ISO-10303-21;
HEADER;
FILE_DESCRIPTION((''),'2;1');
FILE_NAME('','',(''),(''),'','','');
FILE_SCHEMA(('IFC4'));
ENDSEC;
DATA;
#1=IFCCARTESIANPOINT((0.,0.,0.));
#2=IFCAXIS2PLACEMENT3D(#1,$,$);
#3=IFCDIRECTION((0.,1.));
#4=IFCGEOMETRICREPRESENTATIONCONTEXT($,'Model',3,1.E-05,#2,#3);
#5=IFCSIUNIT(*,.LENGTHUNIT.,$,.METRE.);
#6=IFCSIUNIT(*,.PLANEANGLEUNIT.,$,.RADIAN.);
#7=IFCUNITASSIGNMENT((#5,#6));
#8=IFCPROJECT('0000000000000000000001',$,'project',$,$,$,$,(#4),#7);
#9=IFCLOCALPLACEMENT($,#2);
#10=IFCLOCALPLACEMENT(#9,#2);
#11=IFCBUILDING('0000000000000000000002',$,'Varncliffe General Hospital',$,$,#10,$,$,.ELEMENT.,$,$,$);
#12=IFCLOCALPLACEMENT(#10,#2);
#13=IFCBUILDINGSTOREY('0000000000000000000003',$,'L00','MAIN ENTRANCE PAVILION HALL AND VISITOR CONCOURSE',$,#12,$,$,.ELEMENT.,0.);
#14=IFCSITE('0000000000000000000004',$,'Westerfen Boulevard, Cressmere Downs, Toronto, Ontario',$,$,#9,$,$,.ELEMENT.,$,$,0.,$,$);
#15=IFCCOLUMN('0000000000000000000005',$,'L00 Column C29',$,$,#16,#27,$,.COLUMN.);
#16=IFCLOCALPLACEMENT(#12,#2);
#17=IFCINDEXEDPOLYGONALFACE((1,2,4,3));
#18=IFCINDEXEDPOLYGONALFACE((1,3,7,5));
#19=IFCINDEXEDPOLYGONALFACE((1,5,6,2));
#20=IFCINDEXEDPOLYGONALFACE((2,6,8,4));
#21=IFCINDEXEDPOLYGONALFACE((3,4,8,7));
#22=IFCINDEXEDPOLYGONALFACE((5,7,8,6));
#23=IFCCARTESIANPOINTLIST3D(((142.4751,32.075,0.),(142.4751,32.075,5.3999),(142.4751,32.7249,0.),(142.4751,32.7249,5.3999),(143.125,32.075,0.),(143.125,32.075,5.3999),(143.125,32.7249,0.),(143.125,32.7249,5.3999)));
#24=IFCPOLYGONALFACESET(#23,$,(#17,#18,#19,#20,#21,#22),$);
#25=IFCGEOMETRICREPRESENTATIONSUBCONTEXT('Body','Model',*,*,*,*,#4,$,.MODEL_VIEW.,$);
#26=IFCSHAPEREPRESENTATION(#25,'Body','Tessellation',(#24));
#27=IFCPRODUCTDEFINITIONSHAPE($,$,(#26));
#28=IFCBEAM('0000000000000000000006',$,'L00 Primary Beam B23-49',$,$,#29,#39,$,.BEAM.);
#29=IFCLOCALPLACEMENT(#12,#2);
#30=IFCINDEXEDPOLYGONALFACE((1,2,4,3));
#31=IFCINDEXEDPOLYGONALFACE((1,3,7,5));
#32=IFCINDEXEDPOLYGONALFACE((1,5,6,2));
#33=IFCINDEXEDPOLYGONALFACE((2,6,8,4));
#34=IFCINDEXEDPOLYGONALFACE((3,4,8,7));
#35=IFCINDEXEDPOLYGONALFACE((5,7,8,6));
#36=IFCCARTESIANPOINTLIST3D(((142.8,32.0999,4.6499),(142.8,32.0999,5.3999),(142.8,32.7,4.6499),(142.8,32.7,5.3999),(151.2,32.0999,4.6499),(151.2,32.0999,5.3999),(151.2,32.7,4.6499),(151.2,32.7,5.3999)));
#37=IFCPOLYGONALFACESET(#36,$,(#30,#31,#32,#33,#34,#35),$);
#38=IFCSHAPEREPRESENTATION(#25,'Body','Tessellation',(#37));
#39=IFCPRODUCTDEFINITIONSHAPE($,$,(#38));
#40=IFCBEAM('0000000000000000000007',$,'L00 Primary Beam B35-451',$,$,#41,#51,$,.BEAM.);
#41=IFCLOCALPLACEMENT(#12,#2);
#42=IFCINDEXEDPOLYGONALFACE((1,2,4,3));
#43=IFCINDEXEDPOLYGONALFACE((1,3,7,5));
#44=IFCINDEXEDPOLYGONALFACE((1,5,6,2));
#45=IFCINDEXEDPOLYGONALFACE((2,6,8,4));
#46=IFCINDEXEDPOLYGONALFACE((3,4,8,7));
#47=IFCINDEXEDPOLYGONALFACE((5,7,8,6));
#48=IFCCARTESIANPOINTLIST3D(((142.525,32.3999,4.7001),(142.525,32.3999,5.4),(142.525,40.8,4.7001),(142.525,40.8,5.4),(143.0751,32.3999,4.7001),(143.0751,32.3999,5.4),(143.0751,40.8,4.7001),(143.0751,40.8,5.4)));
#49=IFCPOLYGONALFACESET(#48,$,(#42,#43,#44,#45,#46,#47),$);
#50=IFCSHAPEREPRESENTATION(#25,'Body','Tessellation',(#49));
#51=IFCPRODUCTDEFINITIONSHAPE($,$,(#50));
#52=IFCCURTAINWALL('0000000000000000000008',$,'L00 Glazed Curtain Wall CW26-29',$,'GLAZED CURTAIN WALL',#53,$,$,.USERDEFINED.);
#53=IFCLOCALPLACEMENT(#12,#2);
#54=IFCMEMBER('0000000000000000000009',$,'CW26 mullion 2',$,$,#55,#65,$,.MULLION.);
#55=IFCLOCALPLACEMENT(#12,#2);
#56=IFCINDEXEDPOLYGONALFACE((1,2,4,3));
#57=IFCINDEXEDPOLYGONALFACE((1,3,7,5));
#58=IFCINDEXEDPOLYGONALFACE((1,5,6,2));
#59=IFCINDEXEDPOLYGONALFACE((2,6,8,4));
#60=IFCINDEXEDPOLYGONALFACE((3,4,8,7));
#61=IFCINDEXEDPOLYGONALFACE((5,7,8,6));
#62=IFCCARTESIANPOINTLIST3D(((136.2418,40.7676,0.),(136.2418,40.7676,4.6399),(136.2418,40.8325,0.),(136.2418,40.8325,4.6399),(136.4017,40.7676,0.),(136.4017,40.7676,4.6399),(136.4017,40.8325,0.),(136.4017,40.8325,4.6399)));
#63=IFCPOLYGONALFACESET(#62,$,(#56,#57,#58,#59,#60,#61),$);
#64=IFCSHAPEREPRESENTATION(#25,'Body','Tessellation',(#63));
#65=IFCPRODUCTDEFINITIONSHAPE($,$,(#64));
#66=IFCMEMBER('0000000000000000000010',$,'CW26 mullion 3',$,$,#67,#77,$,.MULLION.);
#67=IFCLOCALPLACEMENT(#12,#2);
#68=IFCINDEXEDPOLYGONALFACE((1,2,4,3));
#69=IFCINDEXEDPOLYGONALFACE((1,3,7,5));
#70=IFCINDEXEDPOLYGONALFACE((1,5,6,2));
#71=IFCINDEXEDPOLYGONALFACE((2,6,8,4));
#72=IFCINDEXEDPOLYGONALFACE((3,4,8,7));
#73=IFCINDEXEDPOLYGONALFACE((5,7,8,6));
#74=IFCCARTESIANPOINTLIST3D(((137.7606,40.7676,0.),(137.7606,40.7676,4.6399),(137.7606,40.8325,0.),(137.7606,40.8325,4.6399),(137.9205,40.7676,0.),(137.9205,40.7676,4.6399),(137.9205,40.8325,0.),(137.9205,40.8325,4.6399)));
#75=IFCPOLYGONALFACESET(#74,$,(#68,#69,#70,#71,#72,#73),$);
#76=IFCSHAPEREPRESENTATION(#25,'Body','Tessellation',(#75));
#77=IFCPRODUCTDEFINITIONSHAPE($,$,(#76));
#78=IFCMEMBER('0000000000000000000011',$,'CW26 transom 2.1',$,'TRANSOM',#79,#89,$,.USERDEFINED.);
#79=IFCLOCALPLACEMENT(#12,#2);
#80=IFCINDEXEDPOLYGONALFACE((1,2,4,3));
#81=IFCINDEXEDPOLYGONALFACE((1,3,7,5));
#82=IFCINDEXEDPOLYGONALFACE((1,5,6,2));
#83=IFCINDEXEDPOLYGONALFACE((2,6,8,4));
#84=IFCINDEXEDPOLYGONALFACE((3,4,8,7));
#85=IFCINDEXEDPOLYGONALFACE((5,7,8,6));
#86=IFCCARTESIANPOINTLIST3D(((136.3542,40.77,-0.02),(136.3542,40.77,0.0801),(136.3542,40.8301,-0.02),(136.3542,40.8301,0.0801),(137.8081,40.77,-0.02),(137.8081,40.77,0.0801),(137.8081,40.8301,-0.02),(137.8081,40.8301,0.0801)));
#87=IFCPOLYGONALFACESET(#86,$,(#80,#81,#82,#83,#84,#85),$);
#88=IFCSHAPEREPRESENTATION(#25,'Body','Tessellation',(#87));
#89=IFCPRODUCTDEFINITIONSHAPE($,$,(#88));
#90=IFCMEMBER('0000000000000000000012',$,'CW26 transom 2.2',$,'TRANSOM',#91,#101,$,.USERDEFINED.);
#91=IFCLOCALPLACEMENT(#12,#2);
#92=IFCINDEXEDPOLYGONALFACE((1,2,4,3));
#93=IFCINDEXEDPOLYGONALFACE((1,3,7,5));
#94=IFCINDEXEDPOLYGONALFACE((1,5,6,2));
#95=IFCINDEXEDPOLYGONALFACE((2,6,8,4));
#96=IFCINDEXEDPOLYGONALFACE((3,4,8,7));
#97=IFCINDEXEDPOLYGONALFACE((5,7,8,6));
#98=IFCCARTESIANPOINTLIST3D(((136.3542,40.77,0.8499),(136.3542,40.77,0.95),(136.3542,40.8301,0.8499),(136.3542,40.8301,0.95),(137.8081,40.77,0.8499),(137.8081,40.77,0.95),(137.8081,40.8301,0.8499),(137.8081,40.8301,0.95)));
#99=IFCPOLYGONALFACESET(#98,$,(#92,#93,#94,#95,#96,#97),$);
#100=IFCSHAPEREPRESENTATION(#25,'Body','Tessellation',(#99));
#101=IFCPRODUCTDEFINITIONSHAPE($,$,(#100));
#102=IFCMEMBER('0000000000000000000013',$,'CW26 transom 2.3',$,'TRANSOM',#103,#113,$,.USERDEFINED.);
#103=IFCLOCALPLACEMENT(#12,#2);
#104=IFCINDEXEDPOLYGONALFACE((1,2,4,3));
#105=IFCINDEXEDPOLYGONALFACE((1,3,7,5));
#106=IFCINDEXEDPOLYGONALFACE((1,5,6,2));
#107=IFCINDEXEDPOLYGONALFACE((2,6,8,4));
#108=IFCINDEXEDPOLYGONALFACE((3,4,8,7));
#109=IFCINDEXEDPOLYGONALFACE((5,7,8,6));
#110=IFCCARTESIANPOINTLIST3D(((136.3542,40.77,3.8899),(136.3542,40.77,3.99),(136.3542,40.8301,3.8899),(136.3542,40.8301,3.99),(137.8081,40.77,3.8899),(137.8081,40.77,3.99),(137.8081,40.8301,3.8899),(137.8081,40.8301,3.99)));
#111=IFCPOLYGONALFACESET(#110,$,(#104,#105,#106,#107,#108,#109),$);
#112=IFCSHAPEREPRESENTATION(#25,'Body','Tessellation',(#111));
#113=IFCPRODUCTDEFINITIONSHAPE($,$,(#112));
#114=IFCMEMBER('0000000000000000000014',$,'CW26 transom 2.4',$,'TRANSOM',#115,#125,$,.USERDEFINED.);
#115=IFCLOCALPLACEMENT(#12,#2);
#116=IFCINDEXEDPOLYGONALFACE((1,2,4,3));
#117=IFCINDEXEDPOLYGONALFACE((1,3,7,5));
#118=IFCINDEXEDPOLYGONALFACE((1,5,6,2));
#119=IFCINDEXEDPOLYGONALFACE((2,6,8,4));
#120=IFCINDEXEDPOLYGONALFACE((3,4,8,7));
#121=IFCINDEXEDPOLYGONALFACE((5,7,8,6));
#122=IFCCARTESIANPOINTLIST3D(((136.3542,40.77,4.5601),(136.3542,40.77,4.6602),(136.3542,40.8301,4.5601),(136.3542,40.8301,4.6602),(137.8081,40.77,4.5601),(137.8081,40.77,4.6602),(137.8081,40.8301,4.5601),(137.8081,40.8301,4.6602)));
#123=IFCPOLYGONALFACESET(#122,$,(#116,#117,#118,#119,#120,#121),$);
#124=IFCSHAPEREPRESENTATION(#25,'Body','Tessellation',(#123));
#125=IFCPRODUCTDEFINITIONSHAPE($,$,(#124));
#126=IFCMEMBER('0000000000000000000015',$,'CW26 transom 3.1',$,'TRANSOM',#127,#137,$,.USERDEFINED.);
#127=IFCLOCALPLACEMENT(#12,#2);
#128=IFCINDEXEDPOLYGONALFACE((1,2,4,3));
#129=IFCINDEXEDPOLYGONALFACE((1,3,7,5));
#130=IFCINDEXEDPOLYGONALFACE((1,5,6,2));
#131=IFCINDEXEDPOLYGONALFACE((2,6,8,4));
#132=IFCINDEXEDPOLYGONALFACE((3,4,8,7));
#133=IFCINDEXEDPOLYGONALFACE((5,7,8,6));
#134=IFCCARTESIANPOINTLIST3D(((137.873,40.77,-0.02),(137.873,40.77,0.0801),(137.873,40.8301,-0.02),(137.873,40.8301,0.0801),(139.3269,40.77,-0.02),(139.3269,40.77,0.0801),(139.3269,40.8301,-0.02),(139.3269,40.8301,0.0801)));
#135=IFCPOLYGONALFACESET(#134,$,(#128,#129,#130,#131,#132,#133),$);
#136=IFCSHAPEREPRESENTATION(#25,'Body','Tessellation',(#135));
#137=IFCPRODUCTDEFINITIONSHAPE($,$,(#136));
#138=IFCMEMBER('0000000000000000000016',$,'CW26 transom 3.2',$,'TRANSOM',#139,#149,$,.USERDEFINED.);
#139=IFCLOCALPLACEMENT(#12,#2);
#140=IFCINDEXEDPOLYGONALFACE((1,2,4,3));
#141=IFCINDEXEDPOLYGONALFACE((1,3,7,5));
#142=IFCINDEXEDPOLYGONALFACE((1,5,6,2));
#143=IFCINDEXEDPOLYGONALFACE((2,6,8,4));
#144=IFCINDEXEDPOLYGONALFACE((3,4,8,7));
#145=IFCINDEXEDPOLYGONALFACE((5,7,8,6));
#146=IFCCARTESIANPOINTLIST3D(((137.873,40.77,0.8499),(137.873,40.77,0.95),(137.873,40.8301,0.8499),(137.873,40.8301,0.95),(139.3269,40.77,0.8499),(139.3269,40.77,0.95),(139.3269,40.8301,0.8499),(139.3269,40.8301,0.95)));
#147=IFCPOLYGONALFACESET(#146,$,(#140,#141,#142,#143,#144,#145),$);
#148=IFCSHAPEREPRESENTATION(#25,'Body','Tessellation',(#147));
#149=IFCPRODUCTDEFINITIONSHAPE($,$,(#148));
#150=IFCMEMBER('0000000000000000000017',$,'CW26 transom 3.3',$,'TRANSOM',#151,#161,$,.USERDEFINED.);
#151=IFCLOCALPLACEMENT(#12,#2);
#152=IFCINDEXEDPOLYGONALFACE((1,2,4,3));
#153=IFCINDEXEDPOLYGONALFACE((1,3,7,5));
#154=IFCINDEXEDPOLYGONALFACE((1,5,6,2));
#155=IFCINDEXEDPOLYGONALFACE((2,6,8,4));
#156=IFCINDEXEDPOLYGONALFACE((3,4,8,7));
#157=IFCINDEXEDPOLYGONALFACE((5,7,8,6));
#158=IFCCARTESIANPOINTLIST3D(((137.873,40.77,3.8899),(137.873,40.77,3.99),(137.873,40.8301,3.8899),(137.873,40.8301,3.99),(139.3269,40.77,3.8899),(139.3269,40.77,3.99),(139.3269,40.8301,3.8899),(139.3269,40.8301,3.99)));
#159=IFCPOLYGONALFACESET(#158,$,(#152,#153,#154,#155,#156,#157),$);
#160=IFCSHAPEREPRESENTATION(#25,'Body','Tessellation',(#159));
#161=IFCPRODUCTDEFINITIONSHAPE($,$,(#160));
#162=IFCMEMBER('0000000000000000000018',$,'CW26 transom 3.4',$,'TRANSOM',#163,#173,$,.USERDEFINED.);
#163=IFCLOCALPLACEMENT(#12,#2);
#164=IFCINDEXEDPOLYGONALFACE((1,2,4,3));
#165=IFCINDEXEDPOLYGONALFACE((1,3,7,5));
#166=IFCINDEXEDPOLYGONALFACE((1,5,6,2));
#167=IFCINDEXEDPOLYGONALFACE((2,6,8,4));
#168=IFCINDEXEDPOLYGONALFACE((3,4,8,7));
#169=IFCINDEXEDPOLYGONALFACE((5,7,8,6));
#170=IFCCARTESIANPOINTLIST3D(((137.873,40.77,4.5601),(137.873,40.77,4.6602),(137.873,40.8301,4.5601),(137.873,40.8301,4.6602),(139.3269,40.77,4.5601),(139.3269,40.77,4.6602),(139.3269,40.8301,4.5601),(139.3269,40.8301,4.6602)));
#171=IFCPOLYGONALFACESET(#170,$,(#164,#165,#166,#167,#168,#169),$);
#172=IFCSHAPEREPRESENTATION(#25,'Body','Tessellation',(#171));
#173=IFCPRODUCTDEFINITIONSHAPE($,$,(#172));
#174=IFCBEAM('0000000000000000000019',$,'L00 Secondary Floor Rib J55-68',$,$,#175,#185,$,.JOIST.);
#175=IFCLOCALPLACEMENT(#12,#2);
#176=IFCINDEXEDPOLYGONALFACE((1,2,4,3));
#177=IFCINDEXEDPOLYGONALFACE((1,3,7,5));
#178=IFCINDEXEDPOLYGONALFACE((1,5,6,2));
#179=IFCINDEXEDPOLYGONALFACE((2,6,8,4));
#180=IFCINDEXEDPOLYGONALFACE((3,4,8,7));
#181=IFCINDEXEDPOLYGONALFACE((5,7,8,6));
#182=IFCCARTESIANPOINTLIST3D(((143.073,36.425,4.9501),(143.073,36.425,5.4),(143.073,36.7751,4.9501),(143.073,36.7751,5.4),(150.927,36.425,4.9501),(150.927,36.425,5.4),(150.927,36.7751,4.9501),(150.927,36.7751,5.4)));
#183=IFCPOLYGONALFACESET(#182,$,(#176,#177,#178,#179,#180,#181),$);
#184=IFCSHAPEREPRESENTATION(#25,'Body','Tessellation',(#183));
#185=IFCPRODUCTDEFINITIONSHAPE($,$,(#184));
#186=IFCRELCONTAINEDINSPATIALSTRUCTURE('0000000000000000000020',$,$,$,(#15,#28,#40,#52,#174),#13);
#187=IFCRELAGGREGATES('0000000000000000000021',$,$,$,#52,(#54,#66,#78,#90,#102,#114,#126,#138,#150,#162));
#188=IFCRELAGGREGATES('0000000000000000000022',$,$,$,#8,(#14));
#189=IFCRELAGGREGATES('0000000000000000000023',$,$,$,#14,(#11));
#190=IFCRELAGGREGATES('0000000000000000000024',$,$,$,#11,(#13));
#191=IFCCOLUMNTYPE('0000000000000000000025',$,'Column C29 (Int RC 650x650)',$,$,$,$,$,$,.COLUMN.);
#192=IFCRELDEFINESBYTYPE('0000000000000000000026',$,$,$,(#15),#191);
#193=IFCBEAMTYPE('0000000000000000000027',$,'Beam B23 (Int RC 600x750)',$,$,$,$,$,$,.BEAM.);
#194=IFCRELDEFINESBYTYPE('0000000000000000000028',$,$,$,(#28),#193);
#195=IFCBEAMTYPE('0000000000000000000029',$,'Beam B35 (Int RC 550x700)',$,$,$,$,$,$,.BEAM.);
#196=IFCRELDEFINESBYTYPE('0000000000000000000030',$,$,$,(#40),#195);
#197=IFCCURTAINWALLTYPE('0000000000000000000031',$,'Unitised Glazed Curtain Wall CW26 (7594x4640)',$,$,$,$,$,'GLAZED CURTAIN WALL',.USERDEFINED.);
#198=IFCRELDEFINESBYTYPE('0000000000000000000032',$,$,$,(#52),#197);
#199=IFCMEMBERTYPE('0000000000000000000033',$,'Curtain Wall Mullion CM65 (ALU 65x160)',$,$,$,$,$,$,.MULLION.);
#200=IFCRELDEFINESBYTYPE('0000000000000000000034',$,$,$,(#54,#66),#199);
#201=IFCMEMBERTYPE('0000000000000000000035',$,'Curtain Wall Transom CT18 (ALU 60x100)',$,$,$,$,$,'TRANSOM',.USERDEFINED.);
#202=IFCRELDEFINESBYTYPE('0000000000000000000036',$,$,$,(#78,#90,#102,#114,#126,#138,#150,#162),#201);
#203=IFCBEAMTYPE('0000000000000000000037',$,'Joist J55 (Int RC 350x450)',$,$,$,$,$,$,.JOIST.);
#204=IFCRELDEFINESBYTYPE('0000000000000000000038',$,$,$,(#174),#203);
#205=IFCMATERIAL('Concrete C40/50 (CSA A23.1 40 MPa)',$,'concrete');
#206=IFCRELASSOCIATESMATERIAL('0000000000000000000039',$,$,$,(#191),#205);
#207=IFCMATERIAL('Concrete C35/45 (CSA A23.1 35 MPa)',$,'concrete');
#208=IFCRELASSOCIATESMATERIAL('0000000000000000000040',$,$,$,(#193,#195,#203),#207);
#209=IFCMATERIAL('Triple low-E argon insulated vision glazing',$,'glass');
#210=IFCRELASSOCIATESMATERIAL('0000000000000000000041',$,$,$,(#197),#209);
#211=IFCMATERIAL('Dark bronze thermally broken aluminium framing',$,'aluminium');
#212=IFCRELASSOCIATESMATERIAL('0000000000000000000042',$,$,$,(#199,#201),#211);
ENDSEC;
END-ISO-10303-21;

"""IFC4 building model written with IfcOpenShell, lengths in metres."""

from ifc_helpers import new_model, si_unit, direction, frame, origin, origin_2d, place, context, subcontext, project, spatial, rectangle, extrude, material, material_profile, profile_set, type_object, element, aggregate, save


model = new_model("IFC4")

# Units and contexts
model_context = context("Model", 3, precision=1e-05, world=origin(), true_north=direction((0.0, 1.0)))
body_context = subcontext(model_context, "Body", "Model", "MODEL_VIEW")
ifc_project = project(units=[si_unit("LENGTHUNIT", "METRE"), si_unit("PLANEANGLEUNIT", "RADIAN")], contexts=[model_context])

# Site, building, storey
site_placement = place(None, origin())
site = spatial("IfcSite", under=ifc_project, at=site_placement, Name="Westerfen Boulevard, Cressmere Downs, Toronto, Ontario", CompositionType="ELEMENT", RefElevation=0.0)
building_placement = place(site_placement, origin())
building = spatial("IfcBuilding", under=site, at=building_placement, Name="Varncliffe General Hospital", CompositionType="ELEMENT")
storey_placement = place(building_placement, origin())
storey = spatial("IfcBuildingStorey", under=building, at=storey_placement, Name="L00", Description="MAIN ENTRANCE PAVILION HALL AND VISITOR CONCOURSE", CompositionType="ELEMENT", Elevation=0.0)

# Column
ifc_material_1 = material(Name="Concrete C40/50 (CSA A23.1 40 MPa)", Category="concrete")
ifc_material_profile_1 = material_profile(ifc_material_1, rectangle(XDim=0.6499, YDim=0.6499, at=origin_2d()), Name="RC 650x650")
ifc_profile_set_1 = profile_set([ifc_material_profile_1], Name="Concrete C40/50 (CSA A23.1 40 MPa)")
column_type = type_object("IfcColumnType", Name="Column C29 (Int RC 650x650)", PredefinedType="COLUMN", material=ifc_profile_set_1)
column_placement = place(storey_placement, frame((142.8, 32.3999, 0.0), z_axis=(0.0, 0.0, 1.0), x_axis=(1.0, 0.0, 0.0)))
element("IfcColumn", 1, at=column_placement, inside=storey, type_object=column_type, Name="L00 Column C29", PredefinedType="COLUMN", context=body_context, shape_type="SweptSolid", body=[
    extrude(rectangle(XDim=0.6499, YDim=0.6499, at=origin_2d()), origin(), (0.0, 0.0, 1.0), 5.3999),
])

# Beams
ifc_material_2 = material(Name="Concrete C35/45 (CSA A23.1 35 MPa)", Category="concrete")
ifc_material_profile_2 = material_profile(ifc_material_2, rectangle(XDim=0.6001, YDim=0.75, at=origin_2d()), Name="RC 600x750")
ifc_profile_set_2 = profile_set([ifc_material_profile_2], Name="Concrete C35/45 (CSA A23.1 35 MPa)")
beam_type_1 = type_object("IfcBeamType", Name="Beam B23 (Int RC 600x750)", PredefinedType="BEAM", material=ifc_profile_set_2)
beam_1_placement = place(storey_placement, frame((142.8, 32.3999, 5.0249), z_axis=(1.0, 0.0, 0.0), x_axis=(0.0, 1.0, 0.0)))
element("IfcBeam", 2, at=beam_1_placement, inside=storey, type_object=beam_type_1, Name="L00 Primary Beam B23-49", PredefinedType="BEAM", context=body_context, shape_type="SweptSolid", body=[
    extrude(rectangle(XDim=0.6001, YDim=0.75, at=origin_2d()), origin(), (0.0, 0.0, 1.0), 8.3999),
])
ifc_material_profile_3 = material_profile(ifc_material_2, rectangle(XDim=0.55, YDim=0.7, at=origin_2d()), Name="RC 550x700")
ifc_profile_set_3 = profile_set([ifc_material_profile_3], Name="Concrete C35/45 (CSA A23.1 35 MPa)")
beam_type_2 = type_object("IfcBeamType", Name="Beam B35 (Int RC 550x700)", PredefinedType="BEAM", material=ifc_profile_set_3)
beam_2_placement = place(storey_placement, frame((142.8, 32.3999, 5.05), z_axis=(0.0, 1.0, 0.0), x_axis=(-1.0, 0.0, 0.0)))
element("IfcBeam", 3, at=beam_2_placement, inside=storey, type_object=beam_type_2, Name="L00 Primary Beam B35-451", PredefinedType="BEAM", context=body_context, shape_type="SweptSolid", body=[
    extrude(rectangle(XDim=0.55, YDim=0.7, at=origin_2d()), origin(), (0.0, 0.0, 1.0), 8.4001),
])

# Curtain wall, members
ifc_material_3 = material(Name="Triple low-E argon insulated vision glazing", Category="glass")
curtain_wall_type = type_object("IfcCurtainWallType", Name="Unitised Glazed Curtain Wall CW26 (7594x4640)", ElementType="GLAZED CURTAIN WALL", PredefinedType="USERDEFINED", material=ifc_material_3)
curtain_wall_placement = place(storey_placement, origin())
curtain_wall = element("IfcCurtainWall", 4, at=curtain_wall_placement, inside=storey, type_object=curtain_wall_type, Name="L00 Glazed Curtain Wall CW26-29", ObjectType="GLAZED CURTAIN WALL", PredefinedType="USERDEFINED")
ifc_material_4 = material(Name="Dark bronze thermally broken aluminium framing", Category="aluminium")
ifc_material_profile_4 = material_profile(ifc_material_4, rectangle(XDim=0.0649, YDim=0.1599, at=origin_2d()), Name="ALU 65x160")
ifc_profile_set_4 = profile_set([ifc_material_profile_4], Name="Dark bronze thermally broken aluminium framing")
member_type_1 = type_object("IfcMemberType", Name="Curtain Wall Mullion CM65 (ALU 65x160)", PredefinedType="MULLION", material=ifc_profile_set_4)
member_1_placement = place(storey_placement, frame((136.3218, 40.8, 0.0), z_axis=(0.0, 0.0, 1.0), x_axis=(0.0, 1.0, 0.0)))
member_1 = element("IfcMember", 5, at=member_1_placement, type_object=member_type_1, Name="CW26 mullion 2", PredefinedType="MULLION", context=body_context, shape_type="SweptSolid", body=[
    extrude(rectangle(XDim=0.0649, YDim=0.1599, at=origin_2d()), origin(), (0.0, 0.0, 1.0), 4.6399),
])
member_2_placement = place(storey_placement, frame((137.8406, 40.8, 0.0), z_axis=(0.0, 0.0, 1.0), x_axis=(0.0, 1.0, 0.0)))
member_2 = element("IfcMember", 6, at=member_2_placement, type_object=member_type_1, Name="CW26 mullion 3", PredefinedType="MULLION", context=body_context, shape_type="SweptSolid", body=[
    extrude(rectangle(XDim=0.0649, YDim=0.1599, at=origin_2d()), origin(), (0.0, 0.0, 1.0), 4.6399),
])
ifc_material_profile_5 = material_profile(ifc_material_4, rectangle(XDim=0.0601, YDim=0.1001, at=origin_2d()), Name="ALU 60x100")
ifc_profile_set_5 = profile_set([ifc_material_profile_5], Name="Dark bronze thermally broken aluminium framing")
member_type_2 = type_object("IfcMemberType", Name="Curtain Wall Transom CT18 (ALU 60x100)", ElementType="TRANSOM", PredefinedType="USERDEFINED", material=ifc_profile_set_5)
member_3_placement = place(storey_placement, frame((136.3542, 40.8, 0.03), z_axis=(1.0, 0.0, 0.0), x_axis=(0.0, 1.0, 0.0)))
member_3 = element("IfcMember", 7, at=member_3_placement, type_object=member_type_2, Name="CW26 transom 2.1", ObjectType="TRANSOM", PredefinedType="USERDEFINED", context=body_context, shape_type="SweptSolid", body=[
    extrude(rectangle(XDim=0.0601, YDim=0.1001, at=origin_2d()), origin(), (0.0, 0.0, 1.0), 1.4539),
])
member_4_placement = place(storey_placement, frame((136.3542, 40.8, 0.8999), z_axis=(1.0, 0.0, 0.0), x_axis=(0.0, 1.0, 0.0)))
member_4 = element("IfcMember", 8, at=member_4_placement, type_object=member_type_2, Name="CW26 transom 2.2", ObjectType="TRANSOM", PredefinedType="USERDEFINED", context=body_context, shape_type="SweptSolid", body=[
    extrude(rectangle(XDim=0.0601, YDim=0.1001, at=origin_2d()), origin(), (0.0, 0.0, 1.0), 1.4539),
])
member_5_placement = place(storey_placement, frame((136.3542, 40.8, 3.9399), z_axis=(1.0, 0.0, 0.0), x_axis=(0.0, 1.0, 0.0)))
member_5 = element("IfcMember", 9, at=member_5_placement, type_object=member_type_2, Name="CW26 transom 2.3", ObjectType="TRANSOM", PredefinedType="USERDEFINED", context=body_context, shape_type="SweptSolid", body=[
    extrude(rectangle(XDim=0.0601, YDim=0.1001, at=origin_2d()), origin(), (0.0, 0.0, 1.0), 1.4539),
])
member_6_placement = place(storey_placement, frame((136.3542, 40.8, 4.6101), z_axis=(1.0, 0.0, 0.0), x_axis=(0.0, 1.0, 0.0)))
member_6 = element("IfcMember", 10, at=member_6_placement, type_object=member_type_2, Name="CW26 transom 2.4", ObjectType="TRANSOM", PredefinedType="USERDEFINED", context=body_context, shape_type="SweptSolid", body=[
    extrude(rectangle(XDim=0.0601, YDim=0.1001, at=origin_2d()), origin(), (0.0, 0.0, 1.0), 1.4539),
])
member_7_placement = place(storey_placement, frame((137.873, 40.8, 0.03), z_axis=(1.0, 0.0, 0.0), x_axis=(0.0, 1.0, 0.0)))
member_7 = element("IfcMember", 11, at=member_7_placement, type_object=member_type_2, Name="CW26 transom 3.1", ObjectType="TRANSOM", PredefinedType="USERDEFINED", context=body_context, shape_type="SweptSolid", body=[
    extrude(rectangle(XDim=0.0601, YDim=0.1001, at=origin_2d()), origin(), (0.0, 0.0, 1.0), 1.4539),
])
member_8_placement = place(storey_placement, frame((137.873, 40.8, 0.8999), z_axis=(1.0, 0.0, 0.0), x_axis=(0.0, 1.0, 0.0)))
member_8 = element("IfcMember", 12, at=member_8_placement, type_object=member_type_2, Name="CW26 transom 3.2", ObjectType="TRANSOM", PredefinedType="USERDEFINED", context=body_context, shape_type="SweptSolid", body=[
    extrude(rectangle(XDim=0.0601, YDim=0.1001, at=origin_2d()), origin(), (0.0, 0.0, 1.0), 1.4539),
])
member_9_placement = place(storey_placement, frame((137.873, 40.8, 3.9399), z_axis=(1.0, 0.0, 0.0), x_axis=(0.0, 1.0, 0.0)))
member_9 = element("IfcMember", 13, at=member_9_placement, type_object=member_type_2, Name="CW26 transom 3.3", ObjectType="TRANSOM", PredefinedType="USERDEFINED", context=body_context, shape_type="SweptSolid", body=[
    extrude(rectangle(XDim=0.0601, YDim=0.1001, at=origin_2d()), origin(), (0.0, 0.0, 1.0), 1.4539),
])
member_10_placement = place(storey_placement, frame((137.873, 40.8, 4.6101), z_axis=(1.0, 0.0, 0.0), x_axis=(0.0, 1.0, 0.0)))
member_10 = element("IfcMember", 14, at=member_10_placement, type_object=member_type_2, Name="CW26 transom 3.4", ObjectType="TRANSOM", PredefinedType="USERDEFINED", context=body_context, shape_type="SweptSolid", body=[
    extrude(rectangle(XDim=0.0601, YDim=0.1001, at=origin_2d()), origin(), (0.0, 0.0, 1.0), 1.4539),
])

# Beam
ifc_material_profile_6 = material_profile(ifc_material_2, rectangle(XDim=0.3501, YDim=0.45, at=origin_2d()), Name="RC 350x450")
ifc_profile_set_6 = profile_set([ifc_material_profile_6], Name="Concrete C35/45 (CSA A23.1 35 MPa)")
beam_type_3 = type_object("IfcBeamType", Name="Joist J55 (Int RC 350x450)", PredefinedType="JOIST", material=ifc_profile_set_6)
beam_3_placement = place(storey_placement, frame((143.073, 36.6001, 5.175), z_axis=(1.0, 0.0, 0.0), x_axis=(0.0, 1.0, 0.0)))
element("IfcBeam", 15, at=beam_3_placement, inside=storey, type_object=beam_type_3, Name="L00 Secondary Floor Rib J55-68", PredefinedType="JOIST", context=body_context, shape_type="SweptSolid", body=[
    extrude(rectangle(XDim=0.3501, YDim=0.45, at=origin_2d()), origin(), (0.0, 0.0, 1.0), 7.854),
])

aggregate(curtain_wall, [member_1, member_2, member_3, member_4, member_5, member_6, member_7, member_8, member_9, member_10])

save(model, "model.ifc")
